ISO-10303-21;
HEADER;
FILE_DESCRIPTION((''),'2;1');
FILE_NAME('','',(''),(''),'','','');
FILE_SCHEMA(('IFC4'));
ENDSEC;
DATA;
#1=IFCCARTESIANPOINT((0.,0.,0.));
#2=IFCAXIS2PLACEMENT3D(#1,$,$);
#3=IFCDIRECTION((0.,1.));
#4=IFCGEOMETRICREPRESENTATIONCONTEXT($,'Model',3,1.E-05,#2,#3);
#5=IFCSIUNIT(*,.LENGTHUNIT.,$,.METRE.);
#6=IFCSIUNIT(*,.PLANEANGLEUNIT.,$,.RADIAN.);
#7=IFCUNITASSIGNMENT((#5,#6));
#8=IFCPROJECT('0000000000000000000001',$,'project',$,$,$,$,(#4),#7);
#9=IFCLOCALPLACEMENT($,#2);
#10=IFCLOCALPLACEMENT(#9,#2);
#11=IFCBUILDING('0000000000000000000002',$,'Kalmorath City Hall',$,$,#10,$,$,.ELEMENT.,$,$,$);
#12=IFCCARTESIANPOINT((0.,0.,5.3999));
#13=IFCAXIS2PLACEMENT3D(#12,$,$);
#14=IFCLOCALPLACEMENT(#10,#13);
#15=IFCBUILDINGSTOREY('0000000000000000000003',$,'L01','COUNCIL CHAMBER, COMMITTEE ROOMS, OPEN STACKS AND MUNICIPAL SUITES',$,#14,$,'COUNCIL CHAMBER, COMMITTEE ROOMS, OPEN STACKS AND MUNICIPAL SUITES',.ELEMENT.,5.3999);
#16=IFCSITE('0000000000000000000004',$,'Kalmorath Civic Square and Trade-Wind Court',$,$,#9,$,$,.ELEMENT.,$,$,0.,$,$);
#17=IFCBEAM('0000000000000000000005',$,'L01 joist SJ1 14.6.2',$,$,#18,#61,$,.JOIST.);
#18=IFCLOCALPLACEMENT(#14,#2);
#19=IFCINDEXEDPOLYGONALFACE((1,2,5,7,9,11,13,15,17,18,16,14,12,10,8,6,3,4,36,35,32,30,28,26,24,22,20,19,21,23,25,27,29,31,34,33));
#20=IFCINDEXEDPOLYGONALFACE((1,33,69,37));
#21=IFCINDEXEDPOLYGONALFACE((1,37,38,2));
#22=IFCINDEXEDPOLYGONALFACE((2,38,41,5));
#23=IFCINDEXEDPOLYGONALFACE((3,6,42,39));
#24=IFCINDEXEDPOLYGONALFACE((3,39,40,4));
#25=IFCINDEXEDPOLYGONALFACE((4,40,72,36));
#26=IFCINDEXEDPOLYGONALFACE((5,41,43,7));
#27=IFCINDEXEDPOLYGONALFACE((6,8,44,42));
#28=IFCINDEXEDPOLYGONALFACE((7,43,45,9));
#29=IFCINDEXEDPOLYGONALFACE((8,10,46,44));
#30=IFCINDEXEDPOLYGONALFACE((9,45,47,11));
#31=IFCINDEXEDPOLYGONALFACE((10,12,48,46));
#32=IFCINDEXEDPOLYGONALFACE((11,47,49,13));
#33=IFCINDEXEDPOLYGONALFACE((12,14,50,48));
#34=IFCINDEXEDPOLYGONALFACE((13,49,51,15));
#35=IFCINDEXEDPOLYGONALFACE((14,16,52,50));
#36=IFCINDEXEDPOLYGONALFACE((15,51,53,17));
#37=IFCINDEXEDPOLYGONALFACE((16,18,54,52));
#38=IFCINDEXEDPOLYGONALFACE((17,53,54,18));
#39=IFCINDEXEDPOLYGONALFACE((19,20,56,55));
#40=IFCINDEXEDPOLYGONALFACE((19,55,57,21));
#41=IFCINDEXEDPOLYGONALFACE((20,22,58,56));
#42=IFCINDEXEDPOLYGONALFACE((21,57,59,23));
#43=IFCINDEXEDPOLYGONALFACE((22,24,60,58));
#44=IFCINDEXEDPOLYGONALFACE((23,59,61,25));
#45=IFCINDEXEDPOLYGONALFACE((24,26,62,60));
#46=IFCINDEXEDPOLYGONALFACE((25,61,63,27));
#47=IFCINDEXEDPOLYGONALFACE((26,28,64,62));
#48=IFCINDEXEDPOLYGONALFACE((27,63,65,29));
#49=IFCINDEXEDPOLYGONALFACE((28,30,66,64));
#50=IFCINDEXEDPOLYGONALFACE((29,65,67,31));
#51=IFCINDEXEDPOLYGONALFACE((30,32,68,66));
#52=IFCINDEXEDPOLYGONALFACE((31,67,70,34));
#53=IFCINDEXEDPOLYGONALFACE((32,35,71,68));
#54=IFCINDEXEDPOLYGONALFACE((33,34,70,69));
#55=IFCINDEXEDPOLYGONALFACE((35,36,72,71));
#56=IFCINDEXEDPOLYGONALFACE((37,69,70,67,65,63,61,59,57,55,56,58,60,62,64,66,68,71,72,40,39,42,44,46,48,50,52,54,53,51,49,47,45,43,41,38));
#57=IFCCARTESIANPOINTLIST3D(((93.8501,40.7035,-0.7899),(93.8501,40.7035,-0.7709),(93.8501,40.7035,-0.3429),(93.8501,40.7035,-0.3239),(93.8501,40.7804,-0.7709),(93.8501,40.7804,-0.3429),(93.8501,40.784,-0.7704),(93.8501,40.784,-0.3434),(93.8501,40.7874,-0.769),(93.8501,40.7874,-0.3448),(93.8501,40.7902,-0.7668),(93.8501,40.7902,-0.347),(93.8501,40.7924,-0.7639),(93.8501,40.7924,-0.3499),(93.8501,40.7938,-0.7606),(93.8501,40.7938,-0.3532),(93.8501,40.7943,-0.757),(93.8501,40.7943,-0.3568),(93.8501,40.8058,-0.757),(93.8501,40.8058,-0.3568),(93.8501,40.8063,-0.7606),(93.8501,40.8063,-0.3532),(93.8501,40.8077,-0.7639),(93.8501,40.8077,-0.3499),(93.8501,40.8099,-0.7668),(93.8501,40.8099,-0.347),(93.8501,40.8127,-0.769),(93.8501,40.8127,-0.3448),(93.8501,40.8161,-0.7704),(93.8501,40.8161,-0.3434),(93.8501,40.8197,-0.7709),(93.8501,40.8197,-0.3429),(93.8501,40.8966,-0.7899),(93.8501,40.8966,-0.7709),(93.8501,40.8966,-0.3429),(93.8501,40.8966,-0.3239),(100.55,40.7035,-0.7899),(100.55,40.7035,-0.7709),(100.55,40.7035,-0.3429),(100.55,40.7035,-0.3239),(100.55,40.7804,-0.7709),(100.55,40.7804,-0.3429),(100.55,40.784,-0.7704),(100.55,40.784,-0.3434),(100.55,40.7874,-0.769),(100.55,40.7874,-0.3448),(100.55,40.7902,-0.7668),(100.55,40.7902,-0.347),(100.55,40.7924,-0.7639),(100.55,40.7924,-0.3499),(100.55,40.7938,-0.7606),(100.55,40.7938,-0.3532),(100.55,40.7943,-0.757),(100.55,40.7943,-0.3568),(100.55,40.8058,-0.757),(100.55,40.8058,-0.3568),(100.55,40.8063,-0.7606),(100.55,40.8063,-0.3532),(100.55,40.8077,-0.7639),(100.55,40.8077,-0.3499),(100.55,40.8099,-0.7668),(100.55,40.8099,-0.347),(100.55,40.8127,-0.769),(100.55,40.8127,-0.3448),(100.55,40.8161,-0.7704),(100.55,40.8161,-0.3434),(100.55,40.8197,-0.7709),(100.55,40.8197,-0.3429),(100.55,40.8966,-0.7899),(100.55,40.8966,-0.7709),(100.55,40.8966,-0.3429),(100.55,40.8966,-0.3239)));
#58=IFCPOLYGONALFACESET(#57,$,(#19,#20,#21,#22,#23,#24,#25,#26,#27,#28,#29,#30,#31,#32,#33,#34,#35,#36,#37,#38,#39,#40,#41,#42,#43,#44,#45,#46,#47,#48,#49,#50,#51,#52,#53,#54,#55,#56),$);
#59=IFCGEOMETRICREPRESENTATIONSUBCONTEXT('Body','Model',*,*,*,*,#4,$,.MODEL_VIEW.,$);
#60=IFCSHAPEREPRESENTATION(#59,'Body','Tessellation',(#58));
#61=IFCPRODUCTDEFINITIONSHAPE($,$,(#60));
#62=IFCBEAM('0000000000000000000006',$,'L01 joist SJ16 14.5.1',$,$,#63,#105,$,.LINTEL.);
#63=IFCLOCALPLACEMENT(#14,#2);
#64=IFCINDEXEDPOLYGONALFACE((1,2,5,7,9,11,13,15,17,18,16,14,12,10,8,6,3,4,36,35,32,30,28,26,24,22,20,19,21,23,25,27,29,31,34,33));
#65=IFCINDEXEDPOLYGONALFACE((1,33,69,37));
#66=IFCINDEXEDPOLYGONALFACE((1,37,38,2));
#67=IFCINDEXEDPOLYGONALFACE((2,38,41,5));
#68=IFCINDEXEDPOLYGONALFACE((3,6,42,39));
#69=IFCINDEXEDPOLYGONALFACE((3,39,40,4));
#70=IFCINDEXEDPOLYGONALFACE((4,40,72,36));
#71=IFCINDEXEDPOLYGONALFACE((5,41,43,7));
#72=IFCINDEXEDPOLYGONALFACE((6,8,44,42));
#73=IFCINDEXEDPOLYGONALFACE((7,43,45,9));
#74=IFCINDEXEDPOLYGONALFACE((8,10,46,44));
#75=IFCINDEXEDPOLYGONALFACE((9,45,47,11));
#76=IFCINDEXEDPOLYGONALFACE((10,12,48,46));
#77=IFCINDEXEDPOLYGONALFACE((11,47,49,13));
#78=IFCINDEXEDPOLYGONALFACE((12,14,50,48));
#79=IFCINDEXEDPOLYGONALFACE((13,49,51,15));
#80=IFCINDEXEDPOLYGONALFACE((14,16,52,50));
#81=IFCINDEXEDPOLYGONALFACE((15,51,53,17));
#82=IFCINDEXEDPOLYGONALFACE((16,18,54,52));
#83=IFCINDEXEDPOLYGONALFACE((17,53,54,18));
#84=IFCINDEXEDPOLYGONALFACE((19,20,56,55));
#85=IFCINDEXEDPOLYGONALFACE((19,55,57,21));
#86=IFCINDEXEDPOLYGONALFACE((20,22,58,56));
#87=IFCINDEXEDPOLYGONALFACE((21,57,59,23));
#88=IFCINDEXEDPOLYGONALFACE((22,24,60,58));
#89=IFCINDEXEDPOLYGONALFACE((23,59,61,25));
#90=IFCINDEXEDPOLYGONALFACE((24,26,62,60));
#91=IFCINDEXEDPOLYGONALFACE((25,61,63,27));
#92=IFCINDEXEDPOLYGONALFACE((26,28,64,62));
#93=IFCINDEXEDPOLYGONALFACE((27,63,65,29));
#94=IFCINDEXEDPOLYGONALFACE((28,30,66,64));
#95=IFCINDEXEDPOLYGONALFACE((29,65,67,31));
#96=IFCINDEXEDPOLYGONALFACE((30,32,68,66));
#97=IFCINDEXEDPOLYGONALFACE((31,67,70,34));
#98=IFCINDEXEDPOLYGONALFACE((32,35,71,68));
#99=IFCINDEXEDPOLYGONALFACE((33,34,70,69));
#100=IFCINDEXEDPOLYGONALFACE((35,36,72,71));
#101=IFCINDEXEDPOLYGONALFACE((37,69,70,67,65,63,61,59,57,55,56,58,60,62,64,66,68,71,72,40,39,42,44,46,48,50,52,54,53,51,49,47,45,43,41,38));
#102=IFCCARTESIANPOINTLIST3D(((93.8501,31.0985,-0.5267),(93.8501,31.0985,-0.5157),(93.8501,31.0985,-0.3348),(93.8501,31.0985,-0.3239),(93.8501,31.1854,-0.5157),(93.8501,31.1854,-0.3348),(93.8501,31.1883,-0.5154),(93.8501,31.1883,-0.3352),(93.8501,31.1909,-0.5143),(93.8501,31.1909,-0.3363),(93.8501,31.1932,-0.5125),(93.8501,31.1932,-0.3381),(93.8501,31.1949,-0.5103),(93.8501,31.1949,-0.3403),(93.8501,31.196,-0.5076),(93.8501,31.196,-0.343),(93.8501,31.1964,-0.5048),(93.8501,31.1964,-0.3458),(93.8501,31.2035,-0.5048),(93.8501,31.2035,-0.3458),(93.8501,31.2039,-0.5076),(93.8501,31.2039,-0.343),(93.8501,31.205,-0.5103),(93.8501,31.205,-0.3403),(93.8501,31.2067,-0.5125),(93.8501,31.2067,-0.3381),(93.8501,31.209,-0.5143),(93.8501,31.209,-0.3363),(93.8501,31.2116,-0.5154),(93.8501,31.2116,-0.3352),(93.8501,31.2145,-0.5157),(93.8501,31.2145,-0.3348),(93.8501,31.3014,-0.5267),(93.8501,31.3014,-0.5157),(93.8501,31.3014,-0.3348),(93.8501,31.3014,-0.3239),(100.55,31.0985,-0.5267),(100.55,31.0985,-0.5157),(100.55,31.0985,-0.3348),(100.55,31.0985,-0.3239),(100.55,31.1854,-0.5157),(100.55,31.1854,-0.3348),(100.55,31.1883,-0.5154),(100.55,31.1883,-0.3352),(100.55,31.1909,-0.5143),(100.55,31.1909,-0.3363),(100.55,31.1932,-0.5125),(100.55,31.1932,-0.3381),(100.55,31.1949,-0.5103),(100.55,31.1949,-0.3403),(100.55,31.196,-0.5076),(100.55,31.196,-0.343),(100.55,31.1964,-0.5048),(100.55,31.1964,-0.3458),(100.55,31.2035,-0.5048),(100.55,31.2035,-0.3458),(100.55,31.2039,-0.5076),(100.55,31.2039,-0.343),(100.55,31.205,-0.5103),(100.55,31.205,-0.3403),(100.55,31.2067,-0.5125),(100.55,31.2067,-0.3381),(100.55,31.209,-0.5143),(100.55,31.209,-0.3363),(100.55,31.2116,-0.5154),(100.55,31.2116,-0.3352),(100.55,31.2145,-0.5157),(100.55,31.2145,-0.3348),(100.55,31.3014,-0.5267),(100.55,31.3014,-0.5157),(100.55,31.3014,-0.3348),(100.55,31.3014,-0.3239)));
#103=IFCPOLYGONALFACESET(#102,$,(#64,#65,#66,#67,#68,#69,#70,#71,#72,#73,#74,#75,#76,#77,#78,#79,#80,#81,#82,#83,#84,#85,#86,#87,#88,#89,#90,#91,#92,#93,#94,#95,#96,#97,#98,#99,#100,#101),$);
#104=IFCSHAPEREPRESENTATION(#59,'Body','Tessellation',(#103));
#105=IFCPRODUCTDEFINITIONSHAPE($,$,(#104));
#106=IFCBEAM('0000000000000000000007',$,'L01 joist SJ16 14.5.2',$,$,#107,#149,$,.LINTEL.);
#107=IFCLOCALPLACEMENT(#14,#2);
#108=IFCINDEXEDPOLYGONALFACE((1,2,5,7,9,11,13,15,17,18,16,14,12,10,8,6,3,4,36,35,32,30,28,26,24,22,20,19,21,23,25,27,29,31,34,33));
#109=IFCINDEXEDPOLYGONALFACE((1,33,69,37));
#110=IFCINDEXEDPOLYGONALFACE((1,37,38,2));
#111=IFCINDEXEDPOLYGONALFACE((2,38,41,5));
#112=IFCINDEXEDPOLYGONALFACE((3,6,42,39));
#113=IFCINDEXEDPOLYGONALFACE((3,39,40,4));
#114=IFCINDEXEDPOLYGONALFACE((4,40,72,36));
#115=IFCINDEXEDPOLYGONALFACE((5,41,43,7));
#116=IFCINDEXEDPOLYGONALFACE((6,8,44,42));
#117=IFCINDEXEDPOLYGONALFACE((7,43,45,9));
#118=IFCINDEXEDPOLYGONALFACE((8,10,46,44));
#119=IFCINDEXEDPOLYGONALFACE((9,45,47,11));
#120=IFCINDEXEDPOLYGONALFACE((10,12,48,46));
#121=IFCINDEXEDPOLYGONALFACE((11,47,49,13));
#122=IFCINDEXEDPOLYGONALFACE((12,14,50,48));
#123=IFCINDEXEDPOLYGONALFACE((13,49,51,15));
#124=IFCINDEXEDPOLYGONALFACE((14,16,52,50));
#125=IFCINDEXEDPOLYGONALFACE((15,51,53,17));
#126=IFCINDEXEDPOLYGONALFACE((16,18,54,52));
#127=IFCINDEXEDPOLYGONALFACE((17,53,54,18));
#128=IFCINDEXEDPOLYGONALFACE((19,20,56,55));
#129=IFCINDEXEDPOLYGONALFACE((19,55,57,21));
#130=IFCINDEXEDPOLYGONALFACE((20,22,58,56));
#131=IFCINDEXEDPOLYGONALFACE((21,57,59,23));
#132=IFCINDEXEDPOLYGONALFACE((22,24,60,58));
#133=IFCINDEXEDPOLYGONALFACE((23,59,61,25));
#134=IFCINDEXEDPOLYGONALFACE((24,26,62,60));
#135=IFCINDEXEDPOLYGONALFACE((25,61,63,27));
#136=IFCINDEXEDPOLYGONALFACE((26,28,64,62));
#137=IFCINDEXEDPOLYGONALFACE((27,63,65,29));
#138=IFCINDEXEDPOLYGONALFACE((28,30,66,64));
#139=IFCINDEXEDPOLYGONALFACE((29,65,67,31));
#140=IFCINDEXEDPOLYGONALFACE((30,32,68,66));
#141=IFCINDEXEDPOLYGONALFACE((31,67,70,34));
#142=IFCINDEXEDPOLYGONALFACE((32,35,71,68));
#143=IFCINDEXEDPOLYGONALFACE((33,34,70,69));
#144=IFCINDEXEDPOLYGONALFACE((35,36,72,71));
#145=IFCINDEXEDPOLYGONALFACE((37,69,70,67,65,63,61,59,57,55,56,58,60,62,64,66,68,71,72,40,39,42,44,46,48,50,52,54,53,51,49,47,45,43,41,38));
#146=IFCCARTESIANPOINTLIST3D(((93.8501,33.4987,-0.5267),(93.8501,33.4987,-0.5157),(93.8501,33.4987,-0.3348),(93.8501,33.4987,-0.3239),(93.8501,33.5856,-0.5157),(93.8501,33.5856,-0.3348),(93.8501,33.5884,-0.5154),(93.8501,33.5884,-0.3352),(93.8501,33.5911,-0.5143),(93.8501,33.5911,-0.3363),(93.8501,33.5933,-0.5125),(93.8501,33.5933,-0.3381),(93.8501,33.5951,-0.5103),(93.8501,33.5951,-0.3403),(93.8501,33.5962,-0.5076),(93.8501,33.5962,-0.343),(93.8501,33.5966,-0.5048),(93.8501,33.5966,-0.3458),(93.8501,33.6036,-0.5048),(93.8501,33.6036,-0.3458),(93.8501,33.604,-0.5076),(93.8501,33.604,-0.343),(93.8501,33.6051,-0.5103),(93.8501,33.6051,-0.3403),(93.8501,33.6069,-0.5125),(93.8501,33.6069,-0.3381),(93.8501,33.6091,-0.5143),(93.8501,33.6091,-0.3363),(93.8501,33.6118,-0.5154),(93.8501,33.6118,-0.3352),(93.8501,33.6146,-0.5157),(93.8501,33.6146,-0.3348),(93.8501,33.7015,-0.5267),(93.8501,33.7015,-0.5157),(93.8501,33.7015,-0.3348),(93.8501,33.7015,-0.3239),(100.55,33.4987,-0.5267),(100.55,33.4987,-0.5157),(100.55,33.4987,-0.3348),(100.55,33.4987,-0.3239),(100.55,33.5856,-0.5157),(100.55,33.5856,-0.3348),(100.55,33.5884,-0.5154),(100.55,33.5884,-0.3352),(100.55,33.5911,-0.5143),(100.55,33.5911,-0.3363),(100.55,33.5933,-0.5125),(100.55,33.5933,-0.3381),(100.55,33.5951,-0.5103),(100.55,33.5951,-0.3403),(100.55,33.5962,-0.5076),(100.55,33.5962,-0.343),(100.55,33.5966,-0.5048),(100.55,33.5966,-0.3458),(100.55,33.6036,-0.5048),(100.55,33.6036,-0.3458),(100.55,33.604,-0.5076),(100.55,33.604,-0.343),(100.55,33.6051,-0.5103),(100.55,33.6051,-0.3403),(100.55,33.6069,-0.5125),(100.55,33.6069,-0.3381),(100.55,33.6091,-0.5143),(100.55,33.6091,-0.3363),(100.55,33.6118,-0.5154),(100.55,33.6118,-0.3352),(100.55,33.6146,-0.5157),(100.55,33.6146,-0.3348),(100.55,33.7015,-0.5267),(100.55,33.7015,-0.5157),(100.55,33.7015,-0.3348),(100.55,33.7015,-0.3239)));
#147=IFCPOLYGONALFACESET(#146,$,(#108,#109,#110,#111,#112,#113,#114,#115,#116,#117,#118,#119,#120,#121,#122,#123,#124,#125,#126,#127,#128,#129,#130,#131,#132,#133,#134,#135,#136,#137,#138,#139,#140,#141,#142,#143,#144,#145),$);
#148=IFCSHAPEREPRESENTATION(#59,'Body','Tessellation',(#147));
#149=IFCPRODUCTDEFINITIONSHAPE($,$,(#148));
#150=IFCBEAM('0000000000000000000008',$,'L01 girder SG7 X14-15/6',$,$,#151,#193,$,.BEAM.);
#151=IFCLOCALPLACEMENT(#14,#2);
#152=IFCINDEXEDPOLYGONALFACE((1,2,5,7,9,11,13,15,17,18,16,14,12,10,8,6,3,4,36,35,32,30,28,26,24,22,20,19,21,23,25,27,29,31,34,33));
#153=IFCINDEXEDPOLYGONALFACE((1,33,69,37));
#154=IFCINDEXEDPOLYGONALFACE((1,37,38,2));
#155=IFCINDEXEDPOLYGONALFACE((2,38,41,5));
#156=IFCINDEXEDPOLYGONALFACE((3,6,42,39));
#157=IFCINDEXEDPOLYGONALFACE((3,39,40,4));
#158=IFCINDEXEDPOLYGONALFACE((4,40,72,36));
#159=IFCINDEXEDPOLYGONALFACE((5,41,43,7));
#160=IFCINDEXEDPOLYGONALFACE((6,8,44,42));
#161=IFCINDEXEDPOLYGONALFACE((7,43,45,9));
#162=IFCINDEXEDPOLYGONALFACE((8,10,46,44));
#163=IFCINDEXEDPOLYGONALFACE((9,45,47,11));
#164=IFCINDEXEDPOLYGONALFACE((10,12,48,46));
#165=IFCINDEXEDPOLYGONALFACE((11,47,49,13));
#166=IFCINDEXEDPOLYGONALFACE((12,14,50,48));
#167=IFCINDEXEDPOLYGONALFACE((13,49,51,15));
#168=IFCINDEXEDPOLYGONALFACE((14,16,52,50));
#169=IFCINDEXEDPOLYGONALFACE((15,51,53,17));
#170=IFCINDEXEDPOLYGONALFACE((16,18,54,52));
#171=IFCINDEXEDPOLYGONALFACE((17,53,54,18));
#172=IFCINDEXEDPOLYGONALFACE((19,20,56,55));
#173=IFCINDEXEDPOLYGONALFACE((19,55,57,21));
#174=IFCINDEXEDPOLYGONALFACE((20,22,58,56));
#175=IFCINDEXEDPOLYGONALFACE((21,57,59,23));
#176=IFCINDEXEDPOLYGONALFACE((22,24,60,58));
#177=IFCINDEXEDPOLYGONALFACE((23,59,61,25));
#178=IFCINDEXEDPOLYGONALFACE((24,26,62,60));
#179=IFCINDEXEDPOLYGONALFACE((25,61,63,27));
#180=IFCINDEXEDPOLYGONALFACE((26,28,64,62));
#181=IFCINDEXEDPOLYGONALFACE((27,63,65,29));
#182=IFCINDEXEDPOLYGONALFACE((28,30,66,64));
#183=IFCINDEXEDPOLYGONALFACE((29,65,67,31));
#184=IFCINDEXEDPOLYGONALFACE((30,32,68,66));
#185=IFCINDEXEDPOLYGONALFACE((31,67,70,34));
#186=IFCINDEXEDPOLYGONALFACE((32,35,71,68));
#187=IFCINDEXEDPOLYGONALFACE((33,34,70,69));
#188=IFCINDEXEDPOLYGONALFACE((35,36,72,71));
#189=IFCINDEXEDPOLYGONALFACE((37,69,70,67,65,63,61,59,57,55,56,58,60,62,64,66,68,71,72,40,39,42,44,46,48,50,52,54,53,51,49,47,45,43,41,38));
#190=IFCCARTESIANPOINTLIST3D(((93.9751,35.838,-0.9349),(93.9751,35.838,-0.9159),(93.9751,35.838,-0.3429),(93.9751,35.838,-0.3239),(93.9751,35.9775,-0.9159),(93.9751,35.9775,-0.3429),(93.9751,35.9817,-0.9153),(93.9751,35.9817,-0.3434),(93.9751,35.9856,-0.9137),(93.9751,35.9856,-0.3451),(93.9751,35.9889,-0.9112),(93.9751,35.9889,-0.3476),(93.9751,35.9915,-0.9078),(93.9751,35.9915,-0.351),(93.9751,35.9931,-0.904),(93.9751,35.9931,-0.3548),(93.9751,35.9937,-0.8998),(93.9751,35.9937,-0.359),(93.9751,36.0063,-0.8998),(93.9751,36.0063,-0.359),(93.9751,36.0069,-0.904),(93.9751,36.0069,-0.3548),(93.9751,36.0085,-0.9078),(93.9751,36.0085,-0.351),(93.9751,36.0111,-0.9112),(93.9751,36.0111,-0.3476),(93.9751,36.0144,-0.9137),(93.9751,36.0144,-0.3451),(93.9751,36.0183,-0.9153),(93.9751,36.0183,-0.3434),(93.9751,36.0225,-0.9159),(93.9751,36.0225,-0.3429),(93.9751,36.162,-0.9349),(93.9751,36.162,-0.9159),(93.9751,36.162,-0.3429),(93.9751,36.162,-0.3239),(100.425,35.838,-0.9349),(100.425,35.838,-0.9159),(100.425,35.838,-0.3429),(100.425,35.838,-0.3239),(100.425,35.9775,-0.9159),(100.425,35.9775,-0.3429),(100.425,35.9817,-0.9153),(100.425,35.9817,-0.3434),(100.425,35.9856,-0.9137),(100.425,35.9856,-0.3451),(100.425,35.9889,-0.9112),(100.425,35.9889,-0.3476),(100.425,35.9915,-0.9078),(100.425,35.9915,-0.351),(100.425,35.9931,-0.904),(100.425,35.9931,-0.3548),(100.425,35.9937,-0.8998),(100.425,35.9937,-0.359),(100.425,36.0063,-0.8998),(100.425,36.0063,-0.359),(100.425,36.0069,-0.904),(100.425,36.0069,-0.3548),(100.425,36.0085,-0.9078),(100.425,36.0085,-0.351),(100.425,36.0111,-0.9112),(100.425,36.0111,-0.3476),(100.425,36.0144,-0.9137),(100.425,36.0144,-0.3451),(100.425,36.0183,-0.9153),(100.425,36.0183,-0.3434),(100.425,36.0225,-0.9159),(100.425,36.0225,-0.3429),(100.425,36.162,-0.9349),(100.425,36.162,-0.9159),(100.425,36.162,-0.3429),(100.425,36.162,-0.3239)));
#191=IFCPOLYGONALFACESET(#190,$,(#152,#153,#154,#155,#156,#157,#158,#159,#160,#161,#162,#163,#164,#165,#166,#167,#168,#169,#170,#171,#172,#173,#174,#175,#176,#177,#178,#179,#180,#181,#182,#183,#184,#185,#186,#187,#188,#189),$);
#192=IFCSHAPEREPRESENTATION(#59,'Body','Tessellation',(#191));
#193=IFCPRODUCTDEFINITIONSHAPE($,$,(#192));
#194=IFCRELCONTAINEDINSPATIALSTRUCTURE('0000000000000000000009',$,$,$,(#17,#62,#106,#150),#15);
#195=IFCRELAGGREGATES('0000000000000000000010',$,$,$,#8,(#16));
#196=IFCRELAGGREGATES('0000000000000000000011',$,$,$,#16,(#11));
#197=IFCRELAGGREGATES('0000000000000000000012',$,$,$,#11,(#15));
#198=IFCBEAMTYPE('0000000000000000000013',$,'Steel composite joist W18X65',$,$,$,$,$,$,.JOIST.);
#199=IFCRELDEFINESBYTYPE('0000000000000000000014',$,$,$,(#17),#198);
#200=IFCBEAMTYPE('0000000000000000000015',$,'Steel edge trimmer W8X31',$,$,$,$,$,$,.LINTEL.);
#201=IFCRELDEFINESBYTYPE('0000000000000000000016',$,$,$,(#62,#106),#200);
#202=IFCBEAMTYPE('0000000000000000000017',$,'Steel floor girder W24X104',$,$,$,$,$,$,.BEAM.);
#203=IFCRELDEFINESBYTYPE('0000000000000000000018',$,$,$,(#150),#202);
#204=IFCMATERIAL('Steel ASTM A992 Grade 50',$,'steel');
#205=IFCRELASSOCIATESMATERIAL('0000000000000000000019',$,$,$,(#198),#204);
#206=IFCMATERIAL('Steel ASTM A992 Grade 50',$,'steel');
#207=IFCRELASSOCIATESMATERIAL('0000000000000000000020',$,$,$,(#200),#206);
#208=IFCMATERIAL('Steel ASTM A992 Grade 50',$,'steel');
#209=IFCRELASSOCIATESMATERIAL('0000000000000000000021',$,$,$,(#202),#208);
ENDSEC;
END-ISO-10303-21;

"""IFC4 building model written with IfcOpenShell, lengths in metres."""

from ifc_helpers import new_model, si_unit, direction, frame, origin, origin_2d, place, context, subcontext, project, spatial, i_section, extrude, material, material_profile, profile_set, type_object, element, save


model = new_model("IFC4")

# Units and contexts
model_context = context("Model", 3, precision=1e-05, world=origin(), true_north=direction((0.0, 1.0)))
body_context = subcontext(model_context, "Body", "Model", "MODEL_VIEW")
ifc_project = project(units=[si_unit("LENGTHUNIT", "METRE"), si_unit("PLANEANGLEUNIT", "RADIAN")], contexts=[model_context])

# Site, building, storey
site_placement = place(None, origin())
site = spatial("IfcSite", under=ifc_project, at=site_placement, Name="Kalmorath Civic Square and Trade-Wind Court", CompositionType="ELEMENT", RefElevation=0.0)
building_placement = place(site_placement, origin())
building = spatial("IfcBuilding", under=site, at=building_placement, Name="Kalmorath City Hall", CompositionType="ELEMENT")
storey_placement = place(building_placement, frame((0.0, 0.0, 5.3999)))
storey = spatial("IfcBuildingStorey", under=building, at=storey_placement, Name="L01", Description="COUNCIL CHAMBER, COMMITTEE ROOMS, OPEN STACKS AND MUNICIPAL SUITES", LongName="COUNCIL CHAMBER, COMMITTEE ROOMS, OPEN STACKS AND MUNICIPAL SUITES", CompositionType="ELEMENT", Elevation=5.3999)

# Beams
ifc_material_1 = material(Name="Steel ASTM A992 Grade 50", Category="steel")
ifc_material_profile_1 = material_profile(ifc_material_1, i_section(OverallWidth=0.1931, OverallDepth=0.4661, WebThickness=0.0115, FlangeThickness=0.019, FilletRadius=0.0139, at=origin_2d()), Name="W18X65")
ifc_profile_set_1 = profile_set([ifc_material_profile_1], Name="Steel ASTM A992 Grade 50")
beam_type_1 = type_object("IfcBeamType", Name="Steel composite joist W18X65", PredefinedType="JOIST", material=ifc_profile_set_1)
for number, where, z_axis, x_axis, name in (
    (1, (93.8501, 40.8, -0.5569), (1.0, 0.0, 0.0), (0.0, 1.0, 0.0), "L01 joist SJ1 14.6.2"),
):
    element("IfcBeam", number, at=place(storey_placement, frame(where, z_axis=z_axis, x_axis=x_axis)), inside=storey, type_object=beam_type_1, Name=name, PredefinedType="JOIST", context=body_context, shape_type="SweptSolid", body=[
        extrude(i_section(OverallWidth=0.1931, OverallDepth=0.4661, WebThickness=0.0115, FlangeThickness=0.019, FilletRadius=0.0139, at=origin_2d()), origin(), (0.0, 0.0, 1.0), 6.7),
    ])
ifc_material_2 = material(Name="Steel ASTM A992 Grade 50", Category="steel")
ifc_material_profile_2 = material_profile(ifc_material_2, i_section(OverallWidth=0.2029, OverallDepth=0.2029, WebThickness=0.0071, FlangeThickness=0.011, FilletRadius=0.011, at=origin_2d()), Name="W8X31")
ifc_profile_set_2 = profile_set([ifc_material_profile_2], Name="Steel ASTM A992 Grade 50")
beam_type_2 = type_object("IfcBeamType", Name="Steel edge trimmer W8X31", PredefinedType="LINTEL", material=ifc_profile_set_2)
for number, where, z_axis, x_axis, name in (
    (2, (93.8501, 31.2, -0.4253), (1.0, 0.0, 0.0), (0.0, 1.0, 0.0), "L01 joist SJ16 14.5.1"),
    (3, (93.8501, 33.6001, -0.4253), (1.0, 0.0, 0.0), (0.0, 1.0, 0.0), "L01 joist SJ16 14.5.2"),
):
    element("IfcBeam", number, at=place(storey_placement, frame(where, z_axis=z_axis, x_axis=x_axis)), inside=storey, type_object=beam_type_2, Name=name, PredefinedType="LINTEL", context=body_context, shape_type="SweptSolid", body=[
        extrude(i_section(OverallWidth=0.2029, OverallDepth=0.2029, WebThickness=0.0071, FlangeThickness=0.011, FilletRadius=0.011, at=origin_2d()), origin(), (0.0, 0.0, 1.0), 6.7),
    ])
ifc_material_3 = material(Name="Steel ASTM A992 Grade 50", Category="steel")
ifc_material_profile_3 = material_profile(ifc_material_3, i_section(OverallWidth=0.324, OverallDepth=0.6111, WebThickness=0.0127, FlangeThickness=0.019, FilletRadius=0.0161, at=origin_2d()), Name="W24X104")
ifc_profile_set_3 = profile_set([ifc_material_profile_3], Name="Steel ASTM A992 Grade 50")
beam_type_3 = type_object("IfcBeamType", Name="Steel floor girder W24X104", PredefinedType="BEAM", material=ifc_profile_set_3)
beam_placement = place(storey_placement, frame((93.9751, 36.0, -0.6294), z_axis=(1.0, 0.0, 0.0), x_axis=(0.0, 1.0, 0.0)))
element("IfcBeam", 4, at=beam_placement, inside=storey, type_object=beam_type_3, Name="L01 girder SG7 X14-15/6", PredefinedType="BEAM", context=body_context, shape_type="SweptSolid", body=[
    extrude(i_section(OverallWidth=0.324, OverallDepth=0.6111, WebThickness=0.0127, FlangeThickness=0.019, FilletRadius=0.0161, at=origin_2d()), origin(), (0.0, 0.0, 1.0), 6.45),
])

save(model, "model.ifc")
